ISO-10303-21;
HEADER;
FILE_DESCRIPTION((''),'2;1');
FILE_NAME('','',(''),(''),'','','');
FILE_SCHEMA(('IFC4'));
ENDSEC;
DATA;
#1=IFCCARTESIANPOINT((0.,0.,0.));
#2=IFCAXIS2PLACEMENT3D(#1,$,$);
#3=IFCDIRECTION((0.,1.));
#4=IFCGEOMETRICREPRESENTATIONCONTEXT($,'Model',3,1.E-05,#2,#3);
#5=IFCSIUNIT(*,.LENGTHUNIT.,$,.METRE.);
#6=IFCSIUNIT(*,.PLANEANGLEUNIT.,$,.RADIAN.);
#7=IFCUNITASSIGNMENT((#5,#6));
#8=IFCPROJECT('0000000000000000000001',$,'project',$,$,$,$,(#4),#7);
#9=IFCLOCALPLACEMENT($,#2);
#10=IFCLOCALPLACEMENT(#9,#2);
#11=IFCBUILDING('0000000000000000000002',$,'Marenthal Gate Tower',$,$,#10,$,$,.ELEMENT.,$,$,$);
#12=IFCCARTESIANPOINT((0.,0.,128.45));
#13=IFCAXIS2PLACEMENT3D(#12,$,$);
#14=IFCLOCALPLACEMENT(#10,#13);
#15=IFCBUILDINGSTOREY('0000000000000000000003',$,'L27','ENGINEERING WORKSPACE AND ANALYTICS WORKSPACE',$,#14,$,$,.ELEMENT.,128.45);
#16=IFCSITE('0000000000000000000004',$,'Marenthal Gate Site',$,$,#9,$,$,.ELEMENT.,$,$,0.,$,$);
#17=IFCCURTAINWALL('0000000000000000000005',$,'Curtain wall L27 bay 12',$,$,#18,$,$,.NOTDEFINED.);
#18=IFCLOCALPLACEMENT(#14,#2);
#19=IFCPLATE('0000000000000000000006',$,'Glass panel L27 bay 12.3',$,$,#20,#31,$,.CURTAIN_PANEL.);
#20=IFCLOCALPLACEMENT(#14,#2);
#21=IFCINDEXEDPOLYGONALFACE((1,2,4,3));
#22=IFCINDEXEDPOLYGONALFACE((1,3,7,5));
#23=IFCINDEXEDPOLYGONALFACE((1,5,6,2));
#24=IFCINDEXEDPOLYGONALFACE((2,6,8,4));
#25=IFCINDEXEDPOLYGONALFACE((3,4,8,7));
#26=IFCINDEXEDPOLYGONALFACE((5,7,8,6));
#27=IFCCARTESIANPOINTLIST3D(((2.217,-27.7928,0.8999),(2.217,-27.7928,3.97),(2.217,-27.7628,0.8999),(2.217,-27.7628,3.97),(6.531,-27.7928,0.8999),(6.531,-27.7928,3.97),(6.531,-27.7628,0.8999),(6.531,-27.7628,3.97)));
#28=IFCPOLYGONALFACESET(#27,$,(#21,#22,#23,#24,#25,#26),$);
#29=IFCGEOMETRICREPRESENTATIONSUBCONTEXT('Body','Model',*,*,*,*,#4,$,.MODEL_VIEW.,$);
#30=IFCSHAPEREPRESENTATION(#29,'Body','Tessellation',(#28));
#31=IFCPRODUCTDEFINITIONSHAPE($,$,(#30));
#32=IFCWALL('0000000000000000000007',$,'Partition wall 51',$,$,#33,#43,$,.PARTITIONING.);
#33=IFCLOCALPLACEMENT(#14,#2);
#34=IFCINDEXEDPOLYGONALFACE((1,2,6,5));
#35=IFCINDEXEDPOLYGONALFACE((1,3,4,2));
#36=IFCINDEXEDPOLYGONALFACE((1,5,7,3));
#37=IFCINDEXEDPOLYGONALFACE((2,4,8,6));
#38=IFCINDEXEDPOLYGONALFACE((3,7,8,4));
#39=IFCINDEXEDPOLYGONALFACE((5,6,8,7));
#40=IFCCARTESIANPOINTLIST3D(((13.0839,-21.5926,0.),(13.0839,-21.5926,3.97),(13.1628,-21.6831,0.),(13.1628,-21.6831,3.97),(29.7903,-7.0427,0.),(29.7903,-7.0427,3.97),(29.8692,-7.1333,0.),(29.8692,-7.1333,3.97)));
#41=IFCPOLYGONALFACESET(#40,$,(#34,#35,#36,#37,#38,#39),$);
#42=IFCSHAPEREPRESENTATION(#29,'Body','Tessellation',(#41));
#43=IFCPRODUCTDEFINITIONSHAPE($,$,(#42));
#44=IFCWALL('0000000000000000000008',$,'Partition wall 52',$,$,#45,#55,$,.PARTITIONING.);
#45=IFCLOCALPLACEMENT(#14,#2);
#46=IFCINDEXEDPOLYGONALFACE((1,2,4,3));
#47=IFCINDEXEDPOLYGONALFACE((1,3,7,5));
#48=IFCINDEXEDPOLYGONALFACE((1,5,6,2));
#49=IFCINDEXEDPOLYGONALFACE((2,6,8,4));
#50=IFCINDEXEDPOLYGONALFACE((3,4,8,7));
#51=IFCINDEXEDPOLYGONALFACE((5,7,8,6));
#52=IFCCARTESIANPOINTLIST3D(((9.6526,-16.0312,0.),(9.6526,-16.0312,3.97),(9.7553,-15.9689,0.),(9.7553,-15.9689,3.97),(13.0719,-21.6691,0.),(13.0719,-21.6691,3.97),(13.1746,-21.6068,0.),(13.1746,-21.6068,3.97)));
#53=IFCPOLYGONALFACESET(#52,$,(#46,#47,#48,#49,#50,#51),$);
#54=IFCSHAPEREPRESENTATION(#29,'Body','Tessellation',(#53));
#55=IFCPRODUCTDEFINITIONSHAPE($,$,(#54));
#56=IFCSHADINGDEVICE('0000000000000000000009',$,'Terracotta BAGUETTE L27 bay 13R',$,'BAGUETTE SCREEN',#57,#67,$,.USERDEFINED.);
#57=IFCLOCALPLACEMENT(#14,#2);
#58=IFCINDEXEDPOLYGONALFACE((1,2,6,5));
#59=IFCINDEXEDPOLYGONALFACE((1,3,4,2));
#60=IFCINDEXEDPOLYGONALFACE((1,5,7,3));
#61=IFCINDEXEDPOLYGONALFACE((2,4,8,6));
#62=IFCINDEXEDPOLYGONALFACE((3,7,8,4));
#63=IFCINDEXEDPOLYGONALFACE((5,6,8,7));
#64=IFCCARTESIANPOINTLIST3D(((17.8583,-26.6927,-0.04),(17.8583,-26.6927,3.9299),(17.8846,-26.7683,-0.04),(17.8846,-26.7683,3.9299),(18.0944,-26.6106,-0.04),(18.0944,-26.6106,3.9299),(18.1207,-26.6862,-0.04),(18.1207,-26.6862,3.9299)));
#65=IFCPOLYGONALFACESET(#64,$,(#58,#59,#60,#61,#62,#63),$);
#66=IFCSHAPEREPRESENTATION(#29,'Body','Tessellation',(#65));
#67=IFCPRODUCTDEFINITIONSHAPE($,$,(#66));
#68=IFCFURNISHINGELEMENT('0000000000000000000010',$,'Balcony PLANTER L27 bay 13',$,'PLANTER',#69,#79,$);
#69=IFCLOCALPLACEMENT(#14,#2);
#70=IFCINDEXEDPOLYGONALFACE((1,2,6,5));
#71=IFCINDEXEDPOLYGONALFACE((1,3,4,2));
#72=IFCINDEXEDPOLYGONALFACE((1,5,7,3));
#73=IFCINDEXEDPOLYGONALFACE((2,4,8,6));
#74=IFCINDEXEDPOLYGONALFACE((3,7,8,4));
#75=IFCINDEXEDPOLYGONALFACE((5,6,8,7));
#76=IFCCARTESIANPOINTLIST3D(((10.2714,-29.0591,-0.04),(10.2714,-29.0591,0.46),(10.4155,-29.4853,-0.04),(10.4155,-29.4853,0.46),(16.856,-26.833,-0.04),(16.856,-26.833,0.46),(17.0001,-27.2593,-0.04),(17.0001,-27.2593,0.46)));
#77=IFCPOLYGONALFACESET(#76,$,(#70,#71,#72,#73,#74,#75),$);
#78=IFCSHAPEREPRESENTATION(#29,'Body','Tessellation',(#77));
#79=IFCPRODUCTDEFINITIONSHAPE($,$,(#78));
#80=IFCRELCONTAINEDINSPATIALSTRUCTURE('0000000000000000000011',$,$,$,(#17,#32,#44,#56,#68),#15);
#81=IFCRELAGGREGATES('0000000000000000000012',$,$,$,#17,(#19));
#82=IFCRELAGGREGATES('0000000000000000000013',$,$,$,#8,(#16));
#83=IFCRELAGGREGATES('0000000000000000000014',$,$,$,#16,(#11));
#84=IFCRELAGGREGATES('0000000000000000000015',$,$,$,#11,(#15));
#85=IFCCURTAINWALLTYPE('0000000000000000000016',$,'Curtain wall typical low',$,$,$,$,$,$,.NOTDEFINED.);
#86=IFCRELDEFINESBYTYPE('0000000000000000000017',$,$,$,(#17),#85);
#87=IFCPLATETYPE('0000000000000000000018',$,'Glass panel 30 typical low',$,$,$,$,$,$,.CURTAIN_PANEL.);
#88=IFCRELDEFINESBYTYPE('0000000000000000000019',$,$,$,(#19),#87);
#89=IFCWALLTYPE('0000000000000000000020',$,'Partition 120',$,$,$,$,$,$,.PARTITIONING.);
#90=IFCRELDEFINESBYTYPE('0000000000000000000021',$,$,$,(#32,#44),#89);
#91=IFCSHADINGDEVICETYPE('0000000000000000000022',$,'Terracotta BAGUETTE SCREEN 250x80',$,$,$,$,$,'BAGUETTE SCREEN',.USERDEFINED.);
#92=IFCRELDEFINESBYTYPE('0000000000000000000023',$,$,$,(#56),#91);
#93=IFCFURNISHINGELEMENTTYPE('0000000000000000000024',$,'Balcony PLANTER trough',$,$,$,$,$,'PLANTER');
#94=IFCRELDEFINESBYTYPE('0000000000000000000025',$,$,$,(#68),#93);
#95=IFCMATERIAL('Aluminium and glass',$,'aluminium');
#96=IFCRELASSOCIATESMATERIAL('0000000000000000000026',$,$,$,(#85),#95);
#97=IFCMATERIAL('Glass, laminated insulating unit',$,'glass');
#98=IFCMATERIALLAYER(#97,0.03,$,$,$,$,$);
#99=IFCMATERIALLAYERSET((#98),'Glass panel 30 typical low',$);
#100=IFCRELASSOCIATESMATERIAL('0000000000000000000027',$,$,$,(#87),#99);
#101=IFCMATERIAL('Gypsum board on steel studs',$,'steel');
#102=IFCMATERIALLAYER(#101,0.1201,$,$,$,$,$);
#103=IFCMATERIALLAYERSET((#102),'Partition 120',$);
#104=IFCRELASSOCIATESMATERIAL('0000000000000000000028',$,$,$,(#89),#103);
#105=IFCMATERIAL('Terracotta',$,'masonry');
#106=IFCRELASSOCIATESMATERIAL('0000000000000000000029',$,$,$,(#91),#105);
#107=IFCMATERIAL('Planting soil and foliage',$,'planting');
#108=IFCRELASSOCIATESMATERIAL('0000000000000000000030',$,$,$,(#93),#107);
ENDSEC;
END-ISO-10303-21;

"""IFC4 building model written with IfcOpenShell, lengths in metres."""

from ifc_helpers import new_model, si_unit, direction, frame, frame_2d, origin, origin_2d, place, context, subcontext, project, spatial, rectangle, extrude, material, layer, layer_set, material_profile, profile_set, type_object, element, aggregate, save


model = new_model("IFC4")

# Units and contexts
model_context = context("Model", 3, precision=1e-05, world=origin(), true_north=direction((0.0, 1.0)))
body_context = subcontext(model_context, "Body", "Model", "MODEL_VIEW")
ifc_project = project(units=[si_unit("LENGTHUNIT", "METRE"), si_unit("PLANEANGLEUNIT", "RADIAN")], contexts=[model_context])

# Site, building, storey
site_placement = place(None, origin())
site = spatial("IfcSite", under=ifc_project, at=site_placement, Name="Marenthal Gate Site", CompositionType="ELEMENT", RefElevation=0.0)
building_placement = place(site_placement, origin())
building = spatial("IfcBuilding", under=site, at=building_placement, Name="Marenthal Gate Tower", CompositionType="ELEMENT")
storey_placement = place(building_placement, frame((0.0, 0.0, 128.45)))
storey = spatial("IfcBuildingStorey", under=building, at=storey_placement, Name="L27", Description="ENGINEERING WORKSPACE AND ANALYTICS WORKSPACE", CompositionType="ELEMENT", Elevation=128.45)

# Curtain wall
ifc_material_1 = material(Name="Aluminium and glass", Category="aluminium")
curtain_wall_type = type_object("IfcCurtainWallType", Name="Curtain wall typical low", PredefinedType="NOTDEFINED", material=ifc_material_1)
curtain_wall_placement = place(storey_placement, origin())
curtain_wall = element("IfcCurtainWall", 1, at=curtain_wall_placement, inside=storey, type_object=curtain_wall_type, Name="Curtain wall L27 bay 12", PredefinedType="NOTDEFINED")

# Plate
ifc_material_2 = material(Name="Glass, laminated insulating unit", Category="glass")
ifc_layer_1 = layer(ifc_material_2, 0.03)
ifc_layer_set_1 = layer_set([ifc_layer_1], Name="Glass panel 30 typical low")
plate_type = type_object("IfcPlateType", Name="Glass panel 30 typical low", PredefinedType="CURTAIN_PANEL", material=ifc_layer_set_1)
plate_placement = place(storey_placement, frame((4.374, -27.7778, 0.8999), z_axis=(0.0, 0.0, 1.0), x_axis=(1.0, 0.0, 0.0)))
plate = element("IfcPlate", 2, at=plate_placement, type_object=plate_type, Name="Glass panel L27 bay 12.3", PredefinedType="CURTAIN_PANEL", context=body_context, shape_type="SweptSolid", body=[
    extrude(rectangle(XDim=4.314, YDim=0.03, at=origin_2d()), origin(), (0.0, 0.0, 1.0), 3.0701),
])
aggregate(curtain_wall, [plate])

# Walls
ifc_material_3 = material(Name="Gypsum board on steel studs", Category="steel")
ifc_layer_2 = layer(ifc_material_3, 0.1201)
ifc_layer_set_2 = layer_set([ifc_layer_2], Name="Partition 120")
wall_type_1 = type_object("IfcWallType", Name="Partition 120", PredefinedType="PARTITIONING", material=ifc_layer_set_2)
wall_1_placement = place(storey_placement, frame((13.1233, -21.6379, 0.0), z_axis=(0.0, 0.0, 1.0), x_axis=(0.7541, 0.656759, 0.0)))
element("IfcWall", 3, at=wall_1_placement, inside=storey, type_object=wall_type_1, Name="Partition wall 51", PredefinedType="PARTITIONING", context=body_context, shape_type="SweptSolid", body=[
    extrude(rectangle(XDim=22.1541, YDim=0.1201, at=frame_2d((11.0771, 0.0))), origin(), (0.0, 0.0, 1.0), 3.97),
])
wall_2_placement = place(storey_placement, frame((13.1233, -21.6379, 0.0), z_axis=(0.0, 0.0, 1.0), x_axis=(-0.518579, 0.85503, 0.0)))
element("IfcWall", 4, at=wall_2_placement, inside=storey, type_object=wall_type_1, Name="Partition wall 52", PredefinedType="PARTITIONING", context=body_context, shape_type="SweptSolid", body=[
    extrude(rectangle(XDim=6.5938, YDim=0.1201, at=frame_2d((3.2969, 0.0))), origin(), (0.0, 0.0, 1.0), 3.97),
])

# Shading device
ifc_material_4 = material(Name="Terracotta", Category="masonry")
ifc_material_profile_1 = material_profile(ifc_material_4, rectangle(XDim=0.25, YDim=0.0801, at=origin_2d()), Name="Terracotta baguette 250x80")
ifc_profile_set_1 = profile_set([ifc_material_profile_1], Name="Terracotta")
shading_device_type = type_object("IfcShadingDeviceType", Name="Terracotta BAGUETTE SCREEN 250x80", ElementType="BAGUETTE SCREEN", PredefinedType="USERDEFINED", material=ifc_profile_set_1)
shading_device_placement = place(storey_placement, frame((17.9895, -26.6895, -0.04), z_axis=(0.0, 0.0, 1.0), x_axis=(0.944576, 0.328292, 0.0)))
element("IfcShadingDevice", 5, at=shading_device_placement, inside=storey, type_object=shading_device_type, Name="Terracotta BAGUETTE L27 bay 13R", ObjectType="BAGUETTE SCREEN", PredefinedType="USERDEFINED", context=body_context, shape_type="SweptSolid", body=[
    extrude(rectangle(XDim=0.25, YDim=0.0801, at=origin_2d()), origin(), (0.0, 0.0, 1.0), 3.97),
])

# Furnishing element
ifc_material_5 = material(Name="Planting soil and foliage", Category="planting")
furnishing_element_type = type_object("IfcFurnishingElementType", Name="Balcony PLANTER trough", ElementType="PLANTER", material=ifc_material_5)
furnishing_placement = place(storey_placement, frame((13.6357, -28.1592, -0.04), z_axis=(0.0, 0.0, 1.0), x_axis=(0.947329, 0.320262, 0.0)))
element("IfcFurnishingElement", 6, at=furnishing_placement, inside=storey, type_object=furnishing_element_type, Name="Balcony PLANTER L27 bay 13", ObjectType="PLANTER", context=body_context, shape_type="SweptSolid", body=[
    extrude(rectangle(XDim=6.9507, YDim=0.45, at=origin_2d()), origin(), (0.0, 0.0, 1.0), 0.5),
])

save(model, "model.ifc")
